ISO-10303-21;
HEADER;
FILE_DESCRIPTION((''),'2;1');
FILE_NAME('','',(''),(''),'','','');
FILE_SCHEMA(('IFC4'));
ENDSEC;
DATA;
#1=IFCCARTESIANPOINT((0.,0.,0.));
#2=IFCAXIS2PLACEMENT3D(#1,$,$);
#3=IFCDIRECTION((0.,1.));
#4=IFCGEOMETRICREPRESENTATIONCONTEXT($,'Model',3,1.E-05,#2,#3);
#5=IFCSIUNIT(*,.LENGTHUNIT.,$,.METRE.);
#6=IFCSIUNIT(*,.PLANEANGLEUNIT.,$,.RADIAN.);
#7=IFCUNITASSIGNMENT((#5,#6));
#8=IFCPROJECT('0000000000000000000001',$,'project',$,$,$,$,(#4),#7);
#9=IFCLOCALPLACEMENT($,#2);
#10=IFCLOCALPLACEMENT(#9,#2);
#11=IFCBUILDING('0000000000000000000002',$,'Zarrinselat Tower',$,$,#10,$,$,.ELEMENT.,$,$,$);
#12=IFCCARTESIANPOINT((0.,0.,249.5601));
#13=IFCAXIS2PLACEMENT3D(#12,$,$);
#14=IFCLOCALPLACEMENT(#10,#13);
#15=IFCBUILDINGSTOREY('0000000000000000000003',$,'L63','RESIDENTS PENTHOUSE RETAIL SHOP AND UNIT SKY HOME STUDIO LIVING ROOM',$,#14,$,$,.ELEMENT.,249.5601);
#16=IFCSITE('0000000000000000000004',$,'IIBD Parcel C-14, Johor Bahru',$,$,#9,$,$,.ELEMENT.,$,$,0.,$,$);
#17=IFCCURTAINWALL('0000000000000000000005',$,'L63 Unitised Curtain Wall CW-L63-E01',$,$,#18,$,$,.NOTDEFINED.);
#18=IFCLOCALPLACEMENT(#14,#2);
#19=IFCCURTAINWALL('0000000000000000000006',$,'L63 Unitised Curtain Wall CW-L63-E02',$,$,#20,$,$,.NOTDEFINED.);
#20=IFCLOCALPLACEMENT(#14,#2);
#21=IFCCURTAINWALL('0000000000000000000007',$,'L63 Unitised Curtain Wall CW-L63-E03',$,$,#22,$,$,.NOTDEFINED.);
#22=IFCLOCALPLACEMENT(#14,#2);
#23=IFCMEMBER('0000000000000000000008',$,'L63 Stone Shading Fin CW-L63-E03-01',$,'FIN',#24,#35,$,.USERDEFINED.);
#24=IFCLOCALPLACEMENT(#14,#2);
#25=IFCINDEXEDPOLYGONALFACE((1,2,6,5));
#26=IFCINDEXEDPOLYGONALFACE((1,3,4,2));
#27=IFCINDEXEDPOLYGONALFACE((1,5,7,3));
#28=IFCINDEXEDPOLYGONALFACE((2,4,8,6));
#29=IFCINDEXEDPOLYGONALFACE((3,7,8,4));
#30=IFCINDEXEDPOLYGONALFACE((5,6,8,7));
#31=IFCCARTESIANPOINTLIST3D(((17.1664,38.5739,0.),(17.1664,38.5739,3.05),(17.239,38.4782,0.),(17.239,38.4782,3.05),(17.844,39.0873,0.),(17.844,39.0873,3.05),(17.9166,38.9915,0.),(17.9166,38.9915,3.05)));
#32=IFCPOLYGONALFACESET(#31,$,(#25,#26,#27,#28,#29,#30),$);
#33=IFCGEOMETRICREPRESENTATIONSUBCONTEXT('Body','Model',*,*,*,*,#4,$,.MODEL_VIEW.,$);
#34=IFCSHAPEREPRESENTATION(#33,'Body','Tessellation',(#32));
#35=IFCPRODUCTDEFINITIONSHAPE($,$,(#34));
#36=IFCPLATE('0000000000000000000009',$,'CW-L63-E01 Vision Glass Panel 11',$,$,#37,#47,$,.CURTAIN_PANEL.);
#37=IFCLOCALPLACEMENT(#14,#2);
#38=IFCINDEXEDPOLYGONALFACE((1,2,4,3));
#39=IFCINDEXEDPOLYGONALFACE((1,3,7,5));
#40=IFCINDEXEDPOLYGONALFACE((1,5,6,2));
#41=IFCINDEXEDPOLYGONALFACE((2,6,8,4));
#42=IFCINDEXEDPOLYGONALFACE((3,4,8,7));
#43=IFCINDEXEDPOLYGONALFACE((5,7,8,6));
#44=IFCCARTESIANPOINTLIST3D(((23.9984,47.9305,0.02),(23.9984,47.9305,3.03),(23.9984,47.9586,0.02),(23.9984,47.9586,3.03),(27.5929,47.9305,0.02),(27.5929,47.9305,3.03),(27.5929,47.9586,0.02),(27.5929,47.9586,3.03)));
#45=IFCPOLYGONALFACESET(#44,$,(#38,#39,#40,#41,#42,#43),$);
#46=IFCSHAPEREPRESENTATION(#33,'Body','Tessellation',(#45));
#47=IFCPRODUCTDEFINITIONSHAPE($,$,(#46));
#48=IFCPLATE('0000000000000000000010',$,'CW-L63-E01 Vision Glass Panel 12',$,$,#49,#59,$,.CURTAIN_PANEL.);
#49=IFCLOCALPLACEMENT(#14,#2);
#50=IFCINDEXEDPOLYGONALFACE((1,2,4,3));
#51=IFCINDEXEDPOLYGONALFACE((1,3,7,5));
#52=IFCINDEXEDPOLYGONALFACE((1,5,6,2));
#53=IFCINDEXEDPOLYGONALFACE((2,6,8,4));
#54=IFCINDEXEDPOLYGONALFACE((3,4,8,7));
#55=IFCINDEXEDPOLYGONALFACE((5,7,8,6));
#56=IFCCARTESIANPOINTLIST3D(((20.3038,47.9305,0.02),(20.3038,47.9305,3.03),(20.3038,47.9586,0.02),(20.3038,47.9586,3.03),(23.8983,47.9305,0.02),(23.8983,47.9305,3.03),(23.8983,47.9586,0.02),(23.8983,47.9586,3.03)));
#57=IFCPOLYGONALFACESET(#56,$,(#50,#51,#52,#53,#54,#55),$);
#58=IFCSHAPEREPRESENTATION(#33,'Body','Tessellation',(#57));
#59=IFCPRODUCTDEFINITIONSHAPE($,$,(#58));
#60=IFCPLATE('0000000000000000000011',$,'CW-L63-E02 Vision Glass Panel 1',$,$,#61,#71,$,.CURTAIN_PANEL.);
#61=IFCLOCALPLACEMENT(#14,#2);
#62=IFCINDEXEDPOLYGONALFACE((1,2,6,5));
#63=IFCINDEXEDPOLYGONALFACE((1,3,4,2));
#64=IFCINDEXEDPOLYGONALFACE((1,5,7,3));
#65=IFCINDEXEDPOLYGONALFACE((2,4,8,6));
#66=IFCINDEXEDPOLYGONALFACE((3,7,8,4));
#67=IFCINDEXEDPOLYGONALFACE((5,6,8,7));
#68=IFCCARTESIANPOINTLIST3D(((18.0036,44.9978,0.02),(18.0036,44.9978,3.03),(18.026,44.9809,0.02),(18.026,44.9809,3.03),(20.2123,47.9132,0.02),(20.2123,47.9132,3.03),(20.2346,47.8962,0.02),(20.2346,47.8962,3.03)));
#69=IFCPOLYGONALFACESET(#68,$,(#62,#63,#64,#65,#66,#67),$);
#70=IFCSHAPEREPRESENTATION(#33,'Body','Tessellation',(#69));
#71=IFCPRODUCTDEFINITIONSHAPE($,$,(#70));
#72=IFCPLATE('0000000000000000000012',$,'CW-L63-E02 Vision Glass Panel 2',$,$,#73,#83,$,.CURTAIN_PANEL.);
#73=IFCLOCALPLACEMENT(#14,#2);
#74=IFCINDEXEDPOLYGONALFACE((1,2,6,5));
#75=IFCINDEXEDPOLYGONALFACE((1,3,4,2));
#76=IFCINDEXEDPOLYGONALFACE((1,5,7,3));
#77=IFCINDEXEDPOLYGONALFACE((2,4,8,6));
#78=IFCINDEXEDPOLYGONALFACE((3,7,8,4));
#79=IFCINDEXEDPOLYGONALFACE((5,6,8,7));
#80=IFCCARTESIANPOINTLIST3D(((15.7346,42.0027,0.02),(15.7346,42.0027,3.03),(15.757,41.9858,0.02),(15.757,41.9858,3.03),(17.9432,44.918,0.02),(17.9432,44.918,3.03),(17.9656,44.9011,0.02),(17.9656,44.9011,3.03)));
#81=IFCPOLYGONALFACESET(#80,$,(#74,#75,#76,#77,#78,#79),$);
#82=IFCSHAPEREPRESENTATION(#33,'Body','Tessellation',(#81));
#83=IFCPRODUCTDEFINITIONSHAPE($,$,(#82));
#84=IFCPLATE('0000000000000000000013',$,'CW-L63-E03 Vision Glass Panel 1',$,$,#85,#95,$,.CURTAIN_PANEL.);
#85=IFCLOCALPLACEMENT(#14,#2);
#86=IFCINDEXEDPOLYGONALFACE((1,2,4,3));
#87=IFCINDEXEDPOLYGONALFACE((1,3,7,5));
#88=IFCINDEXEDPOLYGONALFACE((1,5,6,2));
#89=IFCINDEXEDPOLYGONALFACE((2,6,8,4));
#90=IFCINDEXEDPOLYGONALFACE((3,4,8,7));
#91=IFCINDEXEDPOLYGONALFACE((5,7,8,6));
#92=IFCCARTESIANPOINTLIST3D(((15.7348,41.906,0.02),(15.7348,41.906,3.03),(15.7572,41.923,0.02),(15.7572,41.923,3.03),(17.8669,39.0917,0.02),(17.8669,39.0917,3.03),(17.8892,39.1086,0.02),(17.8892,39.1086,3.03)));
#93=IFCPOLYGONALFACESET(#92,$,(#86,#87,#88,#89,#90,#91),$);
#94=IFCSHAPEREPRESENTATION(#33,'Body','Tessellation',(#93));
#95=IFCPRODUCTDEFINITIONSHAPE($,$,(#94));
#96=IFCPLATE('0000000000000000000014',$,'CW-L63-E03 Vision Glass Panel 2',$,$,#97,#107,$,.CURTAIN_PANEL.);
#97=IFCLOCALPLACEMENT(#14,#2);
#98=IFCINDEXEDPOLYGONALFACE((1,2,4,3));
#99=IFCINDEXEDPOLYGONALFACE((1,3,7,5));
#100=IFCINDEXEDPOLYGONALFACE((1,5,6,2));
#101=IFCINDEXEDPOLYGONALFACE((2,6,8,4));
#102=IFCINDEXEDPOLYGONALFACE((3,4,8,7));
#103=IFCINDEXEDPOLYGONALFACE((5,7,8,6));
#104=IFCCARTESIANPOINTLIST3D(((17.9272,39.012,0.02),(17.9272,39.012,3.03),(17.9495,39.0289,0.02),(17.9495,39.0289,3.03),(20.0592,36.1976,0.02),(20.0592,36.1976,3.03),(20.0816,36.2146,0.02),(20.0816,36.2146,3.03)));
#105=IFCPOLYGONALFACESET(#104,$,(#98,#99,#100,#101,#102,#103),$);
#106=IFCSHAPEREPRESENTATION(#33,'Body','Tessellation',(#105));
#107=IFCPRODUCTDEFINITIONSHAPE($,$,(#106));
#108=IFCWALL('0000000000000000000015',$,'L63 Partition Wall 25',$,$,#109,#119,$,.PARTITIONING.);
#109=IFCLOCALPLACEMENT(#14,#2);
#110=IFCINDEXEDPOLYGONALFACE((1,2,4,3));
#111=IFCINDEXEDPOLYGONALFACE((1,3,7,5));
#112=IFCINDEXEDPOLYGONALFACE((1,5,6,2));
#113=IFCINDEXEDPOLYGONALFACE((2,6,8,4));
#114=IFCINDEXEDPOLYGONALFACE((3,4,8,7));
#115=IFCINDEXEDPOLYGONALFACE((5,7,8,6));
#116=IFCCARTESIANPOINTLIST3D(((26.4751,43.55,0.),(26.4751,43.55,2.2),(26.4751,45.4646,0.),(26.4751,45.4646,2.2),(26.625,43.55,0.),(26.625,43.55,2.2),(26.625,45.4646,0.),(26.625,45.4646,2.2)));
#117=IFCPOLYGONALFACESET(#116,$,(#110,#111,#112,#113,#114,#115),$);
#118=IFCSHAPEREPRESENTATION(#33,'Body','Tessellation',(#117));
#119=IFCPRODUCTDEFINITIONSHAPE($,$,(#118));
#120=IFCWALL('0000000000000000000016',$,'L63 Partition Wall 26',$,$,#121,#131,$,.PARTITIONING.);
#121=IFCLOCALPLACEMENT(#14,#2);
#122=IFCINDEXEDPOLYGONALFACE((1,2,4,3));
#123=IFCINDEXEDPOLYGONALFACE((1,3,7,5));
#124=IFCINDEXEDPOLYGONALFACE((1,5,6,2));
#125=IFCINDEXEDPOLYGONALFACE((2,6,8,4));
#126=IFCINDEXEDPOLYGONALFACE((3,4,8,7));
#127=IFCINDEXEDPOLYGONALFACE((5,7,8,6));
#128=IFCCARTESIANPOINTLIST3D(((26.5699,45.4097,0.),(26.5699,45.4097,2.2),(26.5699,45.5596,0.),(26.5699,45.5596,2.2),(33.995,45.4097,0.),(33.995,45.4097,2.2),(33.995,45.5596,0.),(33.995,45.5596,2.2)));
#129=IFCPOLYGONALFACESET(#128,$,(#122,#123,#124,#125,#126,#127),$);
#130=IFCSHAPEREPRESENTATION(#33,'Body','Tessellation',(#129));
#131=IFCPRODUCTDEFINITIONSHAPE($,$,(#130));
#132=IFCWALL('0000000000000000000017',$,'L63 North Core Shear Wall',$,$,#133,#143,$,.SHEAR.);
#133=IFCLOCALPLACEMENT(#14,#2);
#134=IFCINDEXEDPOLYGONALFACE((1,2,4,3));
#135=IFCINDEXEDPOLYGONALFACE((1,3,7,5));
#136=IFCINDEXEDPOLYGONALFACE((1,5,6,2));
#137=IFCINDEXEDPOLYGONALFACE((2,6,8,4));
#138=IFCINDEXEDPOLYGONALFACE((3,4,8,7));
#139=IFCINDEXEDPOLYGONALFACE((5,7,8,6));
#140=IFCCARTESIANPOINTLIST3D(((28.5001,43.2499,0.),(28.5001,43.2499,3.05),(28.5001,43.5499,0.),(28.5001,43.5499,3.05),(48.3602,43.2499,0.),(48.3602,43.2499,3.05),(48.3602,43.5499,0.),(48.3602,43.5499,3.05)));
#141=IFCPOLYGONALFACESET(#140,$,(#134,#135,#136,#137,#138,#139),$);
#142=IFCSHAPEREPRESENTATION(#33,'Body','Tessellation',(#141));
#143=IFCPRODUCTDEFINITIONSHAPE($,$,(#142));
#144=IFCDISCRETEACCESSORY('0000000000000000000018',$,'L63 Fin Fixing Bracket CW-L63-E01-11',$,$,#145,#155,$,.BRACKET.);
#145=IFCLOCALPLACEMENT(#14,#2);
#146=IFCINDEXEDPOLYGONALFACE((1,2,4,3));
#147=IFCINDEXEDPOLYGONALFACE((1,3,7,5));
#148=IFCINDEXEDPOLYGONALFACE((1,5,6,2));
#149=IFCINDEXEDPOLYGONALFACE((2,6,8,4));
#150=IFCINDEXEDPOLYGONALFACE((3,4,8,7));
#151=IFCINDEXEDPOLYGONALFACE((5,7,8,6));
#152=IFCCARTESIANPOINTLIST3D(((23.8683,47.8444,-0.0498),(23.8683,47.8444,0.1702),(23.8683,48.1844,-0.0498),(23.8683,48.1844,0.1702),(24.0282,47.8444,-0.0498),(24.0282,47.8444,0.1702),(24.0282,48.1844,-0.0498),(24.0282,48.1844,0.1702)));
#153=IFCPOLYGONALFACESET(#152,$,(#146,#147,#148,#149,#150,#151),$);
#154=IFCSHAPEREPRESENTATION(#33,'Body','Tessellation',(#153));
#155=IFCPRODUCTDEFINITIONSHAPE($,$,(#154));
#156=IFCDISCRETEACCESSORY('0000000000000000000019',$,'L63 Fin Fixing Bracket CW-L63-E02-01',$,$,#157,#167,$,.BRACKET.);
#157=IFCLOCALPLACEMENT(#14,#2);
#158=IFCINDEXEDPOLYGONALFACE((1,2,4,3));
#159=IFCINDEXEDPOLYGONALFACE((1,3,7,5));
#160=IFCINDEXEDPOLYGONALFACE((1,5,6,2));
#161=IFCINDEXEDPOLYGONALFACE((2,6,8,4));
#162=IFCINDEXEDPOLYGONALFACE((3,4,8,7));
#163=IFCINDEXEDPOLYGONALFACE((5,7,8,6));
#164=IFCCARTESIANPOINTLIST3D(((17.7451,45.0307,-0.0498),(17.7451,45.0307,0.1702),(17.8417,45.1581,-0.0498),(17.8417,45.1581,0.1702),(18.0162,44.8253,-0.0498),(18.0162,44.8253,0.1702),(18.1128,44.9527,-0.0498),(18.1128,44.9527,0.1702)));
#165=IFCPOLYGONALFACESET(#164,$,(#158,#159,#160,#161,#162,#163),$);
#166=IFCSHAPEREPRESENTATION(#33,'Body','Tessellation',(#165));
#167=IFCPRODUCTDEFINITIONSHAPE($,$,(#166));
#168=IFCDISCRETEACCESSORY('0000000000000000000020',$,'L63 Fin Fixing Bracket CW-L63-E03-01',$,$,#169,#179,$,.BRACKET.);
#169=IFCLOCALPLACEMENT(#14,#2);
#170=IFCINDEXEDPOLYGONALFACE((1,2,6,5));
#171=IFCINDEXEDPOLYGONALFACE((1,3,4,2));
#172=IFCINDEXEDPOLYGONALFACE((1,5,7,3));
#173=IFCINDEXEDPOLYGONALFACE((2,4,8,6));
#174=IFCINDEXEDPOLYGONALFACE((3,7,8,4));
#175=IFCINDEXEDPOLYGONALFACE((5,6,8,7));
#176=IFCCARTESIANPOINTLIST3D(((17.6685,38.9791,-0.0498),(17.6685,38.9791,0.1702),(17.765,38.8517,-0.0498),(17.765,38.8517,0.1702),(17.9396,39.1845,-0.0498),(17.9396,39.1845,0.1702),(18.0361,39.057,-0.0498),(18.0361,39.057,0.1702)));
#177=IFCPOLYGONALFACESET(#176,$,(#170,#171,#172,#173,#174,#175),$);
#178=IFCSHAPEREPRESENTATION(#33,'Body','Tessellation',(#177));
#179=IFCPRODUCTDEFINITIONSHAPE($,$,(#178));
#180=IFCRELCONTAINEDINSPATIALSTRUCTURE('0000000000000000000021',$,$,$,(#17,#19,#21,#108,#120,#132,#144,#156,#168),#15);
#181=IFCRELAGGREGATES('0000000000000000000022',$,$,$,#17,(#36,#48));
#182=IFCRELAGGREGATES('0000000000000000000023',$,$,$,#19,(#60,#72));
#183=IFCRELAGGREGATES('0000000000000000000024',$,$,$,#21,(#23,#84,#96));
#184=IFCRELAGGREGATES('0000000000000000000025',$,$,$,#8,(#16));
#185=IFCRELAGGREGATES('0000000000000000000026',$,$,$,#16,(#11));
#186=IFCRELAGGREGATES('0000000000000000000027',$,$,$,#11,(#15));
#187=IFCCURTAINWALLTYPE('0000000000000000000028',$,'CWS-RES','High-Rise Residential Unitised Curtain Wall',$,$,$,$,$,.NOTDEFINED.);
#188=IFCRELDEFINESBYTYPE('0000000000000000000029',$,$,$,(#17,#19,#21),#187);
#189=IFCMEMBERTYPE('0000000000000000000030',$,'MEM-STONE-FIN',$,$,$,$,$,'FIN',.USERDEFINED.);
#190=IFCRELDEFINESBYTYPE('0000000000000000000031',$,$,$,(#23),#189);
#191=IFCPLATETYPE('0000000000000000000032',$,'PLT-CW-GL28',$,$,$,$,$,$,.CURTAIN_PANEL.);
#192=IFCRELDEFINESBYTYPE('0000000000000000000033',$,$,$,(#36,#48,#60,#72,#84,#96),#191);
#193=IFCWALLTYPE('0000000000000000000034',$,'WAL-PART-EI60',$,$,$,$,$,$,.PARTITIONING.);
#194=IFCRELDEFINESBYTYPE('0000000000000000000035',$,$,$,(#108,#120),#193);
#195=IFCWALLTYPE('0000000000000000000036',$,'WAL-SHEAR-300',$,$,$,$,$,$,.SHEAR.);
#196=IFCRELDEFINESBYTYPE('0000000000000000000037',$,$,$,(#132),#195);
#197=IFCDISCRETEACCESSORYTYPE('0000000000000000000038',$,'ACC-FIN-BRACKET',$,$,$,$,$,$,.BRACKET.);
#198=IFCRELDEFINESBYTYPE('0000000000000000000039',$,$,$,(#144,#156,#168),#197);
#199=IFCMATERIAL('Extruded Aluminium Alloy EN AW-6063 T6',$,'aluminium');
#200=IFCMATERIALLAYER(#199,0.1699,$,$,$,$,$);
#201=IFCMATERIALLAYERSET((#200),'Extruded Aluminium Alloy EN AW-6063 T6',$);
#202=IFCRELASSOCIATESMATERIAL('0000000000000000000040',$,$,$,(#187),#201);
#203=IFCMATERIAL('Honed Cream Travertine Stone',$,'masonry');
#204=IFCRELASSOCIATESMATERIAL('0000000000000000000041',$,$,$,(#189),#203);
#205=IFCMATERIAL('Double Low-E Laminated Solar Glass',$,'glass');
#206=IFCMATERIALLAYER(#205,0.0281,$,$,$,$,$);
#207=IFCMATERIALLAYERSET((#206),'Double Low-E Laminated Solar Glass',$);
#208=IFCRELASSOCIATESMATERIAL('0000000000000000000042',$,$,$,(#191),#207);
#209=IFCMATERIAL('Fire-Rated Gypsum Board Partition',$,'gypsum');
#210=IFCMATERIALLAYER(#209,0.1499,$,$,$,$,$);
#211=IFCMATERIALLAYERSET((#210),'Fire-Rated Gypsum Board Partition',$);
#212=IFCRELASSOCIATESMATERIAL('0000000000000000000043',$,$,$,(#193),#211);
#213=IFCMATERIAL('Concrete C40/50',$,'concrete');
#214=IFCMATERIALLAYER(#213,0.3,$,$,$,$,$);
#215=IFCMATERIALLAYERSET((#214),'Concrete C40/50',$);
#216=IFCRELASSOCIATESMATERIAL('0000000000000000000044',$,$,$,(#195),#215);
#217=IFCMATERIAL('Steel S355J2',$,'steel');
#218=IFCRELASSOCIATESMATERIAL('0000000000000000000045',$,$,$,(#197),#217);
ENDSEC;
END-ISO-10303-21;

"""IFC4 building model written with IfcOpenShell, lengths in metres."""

from ifc_helpers import new_model, si_unit, direction, frame, frame_2d, origin, origin_2d, place, context, subcontext, project, spatial, rectangle, extrude, material, layer, layer_set, material_profile, profile_set, type_object, element, aggregate, save


model = new_model("IFC4")

# Units and contexts
model_context = context("Model", 3, precision=1e-05, world=origin(), true_north=direction((0.0, 1.0)))
body_context = subcontext(model_context, "Body", "Model", "MODEL_VIEW")
ifc_project = project(units=[si_unit("LENGTHUNIT", "METRE"), si_unit("PLANEANGLEUNIT", "RADIAN")], contexts=[model_context])

# Site, building, storey
site_placement = place(None, origin())
site = spatial("IfcSite", under=ifc_project, at=site_placement, Name="IIBD Parcel C-14, Johor Bahru", CompositionType="ELEMENT", RefElevation=0.0)
building_placement = place(site_placement, origin())
building = spatial("IfcBuilding", under=site, at=building_placement, Name="Zarrinselat Tower", CompositionType="ELEMENT")
storey_placement = place(building_placement, frame((0.0, 0.0, 249.5601)))
storey = spatial("IfcBuildingStorey", under=building, at=storey_placement, Name="L63", Description="RESIDENTS PENTHOUSE RETAIL SHOP AND UNIT SKY HOME STUDIO LIVING ROOM", CompositionType="ELEMENT", Elevation=249.5601)

# Curtain walls
ifc_material_1 = material(Name="Extruded Aluminium Alloy EN AW-6063 T6", Category="aluminium")
ifc_layer_1 = layer(ifc_material_1, 0.1699)
ifc_layer_set_1 = layer_set([ifc_layer_1], Name="Extruded Aluminium Alloy EN AW-6063 T6")
curtain_wall_type = type_object("IfcCurtainWallType", Name="CWS-RES", Description="High-Rise Residential Unitised Curtain Wall", PredefinedType="NOTDEFINED", material=ifc_layer_set_1)
curtain_wall_1_placement = place(storey_placement, origin())
curtain_wall_1 = element("IfcCurtainWall", 1, at=curtain_wall_1_placement, inside=storey, type_object=curtain_wall_type, Name="L63 Unitised Curtain Wall CW-L63-E01", PredefinedType="NOTDEFINED")
curtain_wall_2_placement = place(storey_placement, origin())
curtain_wall_2 = element("IfcCurtainWall", 2, at=curtain_wall_2_placement, inside=storey, type_object=curtain_wall_type, Name="L63 Unitised Curtain Wall CW-L63-E02", PredefinedType="NOTDEFINED")
curtain_wall_3_placement = place(storey_placement, origin())
curtain_wall_3 = element("IfcCurtainWall", 3, at=curtain_wall_3_placement, inside=storey, type_object=curtain_wall_type, Name="L63 Unitised Curtain Wall CW-L63-E03", PredefinedType="NOTDEFINED")

# Member
ifc_material_2 = material(Name="Honed Cream Travertine Stone", Category="masonry")
ifc_material_profile_1 = material_profile(ifc_material_2, rectangle(XDim=0.1201, YDim=0.8501, at=origin_2d()), Name="FIN 850x120")
ifc_profile_set_1 = profile_set([ifc_material_profile_1], Name="Honed Cream Travertine Stone")
member_type_1 = type_object("IfcMemberType", Name="MEM-STONE-FIN", ElementType="FIN", PredefinedType="USERDEFINED", material=ifc_profile_set_1)
member_1_placement = place(storey_placement, frame((17.5415, 38.7827, 0.0), z_axis=(0.0, 0.0, 1.0), x_axis=(-0.603857, 0.797092, 0.0)))
member_1 = element("IfcMember", 4, at=member_1_placement, type_object=member_type_1, Name="L63 Stone Shading Fin CW-L63-E03-01", ObjectType="FIN", PredefinedType="USERDEFINED", context=body_context, shape_type="SweptSolid", body=[
    extrude(rectangle(XDim=0.1201, YDim=0.8501, at=origin_2d()), origin(), (0.0, 0.0, 1.0), 3.05),
])

# Plates
ifc_material_3 = material(Name="Double Low-E Laminated Solar Glass", Category="glass")
ifc_layer_2 = layer(ifc_material_3, 0.0281)
ifc_layer_set_2 = layer_set([ifc_layer_2], Name="Double Low-E Laminated Solar Glass")
plate_type = type_object("IfcPlateType", Name="PLT-CW-GL28", PredefinedType="CURTAIN_PANEL", material=ifc_layer_set_2)
plate_1_placement = place(storey_placement, frame((25.7957, 47.9446, 0.02), z_axis=(0.0, 0.0, 1.0), x_axis=(-1.0, 0.0, 0.0)))
plate_1 = element("IfcPlate", 5, at=plate_1_placement, type_object=plate_type, Name="CW-L63-E01 Vision Glass Panel 11", PredefinedType="CURTAIN_PANEL", context=body_context, shape_type="SweptSolid", body=[
    extrude(rectangle(XDim=3.5945, YDim=0.0281, at=origin_2d()), origin(), (0.0, 0.0, 1.0), 3.01),
])
plate_2_placement = place(storey_placement, frame((22.1011, 47.9446, 0.02), z_axis=(0.0, 0.0, 1.0), x_axis=(-1.0, 0.0, 0.0)))
plate_2 = element("IfcPlate", 6, at=plate_2_placement, type_object=plate_type, Name="CW-L63-E01 Vision Glass Panel 12", PredefinedType="CURTAIN_PANEL", context=body_context, shape_type="SweptSolid", body=[
    extrude(rectangle(XDim=3.5945, YDim=0.0281, at=origin_2d()), origin(), (0.0, 0.0, 1.0), 3.01),
])
aggregate(curtain_wall_1, [plate_1, plate_2])
plate_3_placement = place(storey_placement, frame((19.1191, 46.447, 0.02), z_axis=(0.0, 0.0, 1.0), x_axis=(-0.603862, -0.797089, 0.0)))
plate_3 = element("IfcPlate", 7, at=plate_3_placement, type_object=plate_type, Name="CW-L63-E02 Vision Glass Panel 1", PredefinedType="CURTAIN_PANEL", context=body_context, shape_type="SweptSolid", body=[
    extrude(rectangle(XDim=3.6575, YDim=0.0281, at=origin_2d()), origin(), (0.0, 0.0, 1.0), 3.01),
])
plate_4_placement = place(storey_placement, frame((16.8501, 43.4519, 0.02), z_axis=(0.0, 0.0, 1.0), x_axis=(-0.603862, -0.797089, 0.0)))
plate_4 = element("IfcPlate", 8, at=plate_4_placement, type_object=plate_type, Name="CW-L63-E02 Vision Glass Panel 2", PredefinedType="CURTAIN_PANEL", context=body_context, shape_type="SweptSolid", body=[
    extrude(rectangle(XDim=3.6575, YDim=0.0281, at=origin_2d()), origin(), (0.0, 0.0, 1.0), 3.01),
])
aggregate(curtain_wall_2, [plate_3, plate_4])
plate_5_placement = place(storey_placement, frame((16.812, 40.5073, 0.02), z_axis=(0.0, 0.0, 1.0), x_axis=(0.603857, -0.797092, 0.0)))
plate_5 = element("IfcPlate", 9, at=plate_5_placement, type_object=plate_type, Name="CW-L63-E03 Vision Glass Panel 1", PredefinedType="CURTAIN_PANEL", context=body_context, shape_type="SweptSolid", body=[
    extrude(rectangle(XDim=3.5308, YDim=0.0281, at=origin_2d()), origin(), (0.0, 0.0, 1.0), 3.01),
])
plate_6_placement = place(storey_placement, frame((19.0044, 37.6133, 0.02), z_axis=(0.0, 0.0, 1.0), x_axis=(0.603857, -0.797092, 0.0)))
plate_6 = element("IfcPlate", 10, at=plate_6_placement, type_object=plate_type, Name="CW-L63-E03 Vision Glass Panel 2", PredefinedType="CURTAIN_PANEL", context=body_context, shape_type="SweptSolid", body=[
    extrude(rectangle(XDim=3.5308, YDim=0.0281, at=origin_2d()), origin(), (0.0, 0.0, 1.0), 3.01),
])
aggregate(curtain_wall_3, [member_1, plate_5, plate_6])

# Walls
ifc_material_4 = material(Name="Fire-Rated Gypsum Board Partition", Category="gypsum")
ifc_layer_3 = layer(ifc_material_4, 0.1499)
ifc_layer_set_3 = layer_set([ifc_layer_3], Name="Fire-Rated Gypsum Board Partition")
wall_type_1 = type_object("IfcWallType", Name="WAL-PART-EI60", PredefinedType="PARTITIONING", material=ifc_layer_set_3)
wall_1_placement = place(storey_placement, frame((26.55, 43.55, 0.0), z_axis=(0.0, 0.0, 1.0), x_axis=(0.0, 1.0, 0.0)))
element("IfcWall", 11, at=wall_1_placement, inside=storey, type_object=wall_type_1, Name="L63 Partition Wall 25", PredefinedType="PARTITIONING", context=body_context, shape_type="SweptSolid", body=[
    extrude(rectangle(XDim=1.9146, YDim=0.1499, at=frame_2d((0.9573, 0.0))), origin(), (0.0, 0.0, 1.0), 2.2),
])
wall_2_placement = place(storey_placement, frame((26.5701, 45.4846, 0.0), z_axis=(0.0, 0.0, 1.0), x_axis=(1.0, 0.0, 0.0)))
element("IfcWall", 12, at=wall_2_placement, inside=storey, type_object=wall_type_1, Name="L63 Partition Wall 26", PredefinedType="PARTITIONING", context=body_context, shape_type="SweptSolid", body=[
    extrude(rectangle(XDim=7.425, YDim=0.1499, at=frame_2d((3.7124, 0.0))), origin(), (0.0, 0.0, 1.0), 2.2),
])
ifc_material_5 = material(Name="Concrete C40/50", Category="concrete")
ifc_layer_4 = layer(ifc_material_5, 0.3)
ifc_layer_set_4 = layer_set([ifc_layer_4], Name="Concrete C40/50")
wall_type_2 = type_object("IfcWallType", Name="WAL-SHEAR-300", PredefinedType="SHEAR", material=ifc_layer_set_4)
wall_3_placement = place(storey_placement, frame((28.5, 43.3999, 0.0), z_axis=(0.0, 0.0, 1.0), x_axis=(1.0, 0.0, 0.0)))
element("IfcWall", 13, at=wall_3_placement, inside=storey, type_object=wall_type_2, Name="L63 North Core Shear Wall", PredefinedType="SHEAR", context=body_context, shape_type="SweptSolid", body=[
    extrude(rectangle(XDim=19.8601, YDim=0.3, at=frame_2d((9.9302, 0.0))), origin(), (0.0, 0.0, 1.0), 3.05),
])

# Discrete accessories
ifc_material_6 = material(Name="Steel S355J2", Category="steel")
discrete_accessory_type = type_object("IfcDiscreteAccessoryType", Name="ACC-FIN-BRACKET", PredefinedType="BRACKET", material=ifc_material_6)
for number, where, z_axis, x_axis, name in (
    (14, (23.9482, 48.0144, -0.0498), (0.0, 0.0, 1.0), (0.0, 1.0, 0.0), "L63 Fin Fixing Bracket CW-L63-E01-11"),
    (15, (17.929, 44.9917, -0.0498), (0.0, 0.0, 1.0), (-0.797089, 0.603862, 0.0), "L63 Fin Fixing Bracket CW-L63-E02-01"),
    (16, (17.8523, 39.0181, -0.0498), (0.0, 0.0, 1.0), (-0.797092, -0.603857, 0.0), "L63 Fin Fixing Bracket CW-L63-E03-01"),
):
    element("IfcDiscreteAccessory", number, at=place(storey_placement, frame(where, z_axis=z_axis, x_axis=x_axis)), inside=storey, type_object=discrete_accessory_type, Name=name, PredefinedType="BRACKET", context=body_context, shape_type="SweptSolid", body=[
        extrude(rectangle(XDim=0.3401, YDim=0.1599, at=origin_2d()), origin(), (0.0, 0.0, 1.0), 0.22),
    ])

save(model, "model.ifc")
